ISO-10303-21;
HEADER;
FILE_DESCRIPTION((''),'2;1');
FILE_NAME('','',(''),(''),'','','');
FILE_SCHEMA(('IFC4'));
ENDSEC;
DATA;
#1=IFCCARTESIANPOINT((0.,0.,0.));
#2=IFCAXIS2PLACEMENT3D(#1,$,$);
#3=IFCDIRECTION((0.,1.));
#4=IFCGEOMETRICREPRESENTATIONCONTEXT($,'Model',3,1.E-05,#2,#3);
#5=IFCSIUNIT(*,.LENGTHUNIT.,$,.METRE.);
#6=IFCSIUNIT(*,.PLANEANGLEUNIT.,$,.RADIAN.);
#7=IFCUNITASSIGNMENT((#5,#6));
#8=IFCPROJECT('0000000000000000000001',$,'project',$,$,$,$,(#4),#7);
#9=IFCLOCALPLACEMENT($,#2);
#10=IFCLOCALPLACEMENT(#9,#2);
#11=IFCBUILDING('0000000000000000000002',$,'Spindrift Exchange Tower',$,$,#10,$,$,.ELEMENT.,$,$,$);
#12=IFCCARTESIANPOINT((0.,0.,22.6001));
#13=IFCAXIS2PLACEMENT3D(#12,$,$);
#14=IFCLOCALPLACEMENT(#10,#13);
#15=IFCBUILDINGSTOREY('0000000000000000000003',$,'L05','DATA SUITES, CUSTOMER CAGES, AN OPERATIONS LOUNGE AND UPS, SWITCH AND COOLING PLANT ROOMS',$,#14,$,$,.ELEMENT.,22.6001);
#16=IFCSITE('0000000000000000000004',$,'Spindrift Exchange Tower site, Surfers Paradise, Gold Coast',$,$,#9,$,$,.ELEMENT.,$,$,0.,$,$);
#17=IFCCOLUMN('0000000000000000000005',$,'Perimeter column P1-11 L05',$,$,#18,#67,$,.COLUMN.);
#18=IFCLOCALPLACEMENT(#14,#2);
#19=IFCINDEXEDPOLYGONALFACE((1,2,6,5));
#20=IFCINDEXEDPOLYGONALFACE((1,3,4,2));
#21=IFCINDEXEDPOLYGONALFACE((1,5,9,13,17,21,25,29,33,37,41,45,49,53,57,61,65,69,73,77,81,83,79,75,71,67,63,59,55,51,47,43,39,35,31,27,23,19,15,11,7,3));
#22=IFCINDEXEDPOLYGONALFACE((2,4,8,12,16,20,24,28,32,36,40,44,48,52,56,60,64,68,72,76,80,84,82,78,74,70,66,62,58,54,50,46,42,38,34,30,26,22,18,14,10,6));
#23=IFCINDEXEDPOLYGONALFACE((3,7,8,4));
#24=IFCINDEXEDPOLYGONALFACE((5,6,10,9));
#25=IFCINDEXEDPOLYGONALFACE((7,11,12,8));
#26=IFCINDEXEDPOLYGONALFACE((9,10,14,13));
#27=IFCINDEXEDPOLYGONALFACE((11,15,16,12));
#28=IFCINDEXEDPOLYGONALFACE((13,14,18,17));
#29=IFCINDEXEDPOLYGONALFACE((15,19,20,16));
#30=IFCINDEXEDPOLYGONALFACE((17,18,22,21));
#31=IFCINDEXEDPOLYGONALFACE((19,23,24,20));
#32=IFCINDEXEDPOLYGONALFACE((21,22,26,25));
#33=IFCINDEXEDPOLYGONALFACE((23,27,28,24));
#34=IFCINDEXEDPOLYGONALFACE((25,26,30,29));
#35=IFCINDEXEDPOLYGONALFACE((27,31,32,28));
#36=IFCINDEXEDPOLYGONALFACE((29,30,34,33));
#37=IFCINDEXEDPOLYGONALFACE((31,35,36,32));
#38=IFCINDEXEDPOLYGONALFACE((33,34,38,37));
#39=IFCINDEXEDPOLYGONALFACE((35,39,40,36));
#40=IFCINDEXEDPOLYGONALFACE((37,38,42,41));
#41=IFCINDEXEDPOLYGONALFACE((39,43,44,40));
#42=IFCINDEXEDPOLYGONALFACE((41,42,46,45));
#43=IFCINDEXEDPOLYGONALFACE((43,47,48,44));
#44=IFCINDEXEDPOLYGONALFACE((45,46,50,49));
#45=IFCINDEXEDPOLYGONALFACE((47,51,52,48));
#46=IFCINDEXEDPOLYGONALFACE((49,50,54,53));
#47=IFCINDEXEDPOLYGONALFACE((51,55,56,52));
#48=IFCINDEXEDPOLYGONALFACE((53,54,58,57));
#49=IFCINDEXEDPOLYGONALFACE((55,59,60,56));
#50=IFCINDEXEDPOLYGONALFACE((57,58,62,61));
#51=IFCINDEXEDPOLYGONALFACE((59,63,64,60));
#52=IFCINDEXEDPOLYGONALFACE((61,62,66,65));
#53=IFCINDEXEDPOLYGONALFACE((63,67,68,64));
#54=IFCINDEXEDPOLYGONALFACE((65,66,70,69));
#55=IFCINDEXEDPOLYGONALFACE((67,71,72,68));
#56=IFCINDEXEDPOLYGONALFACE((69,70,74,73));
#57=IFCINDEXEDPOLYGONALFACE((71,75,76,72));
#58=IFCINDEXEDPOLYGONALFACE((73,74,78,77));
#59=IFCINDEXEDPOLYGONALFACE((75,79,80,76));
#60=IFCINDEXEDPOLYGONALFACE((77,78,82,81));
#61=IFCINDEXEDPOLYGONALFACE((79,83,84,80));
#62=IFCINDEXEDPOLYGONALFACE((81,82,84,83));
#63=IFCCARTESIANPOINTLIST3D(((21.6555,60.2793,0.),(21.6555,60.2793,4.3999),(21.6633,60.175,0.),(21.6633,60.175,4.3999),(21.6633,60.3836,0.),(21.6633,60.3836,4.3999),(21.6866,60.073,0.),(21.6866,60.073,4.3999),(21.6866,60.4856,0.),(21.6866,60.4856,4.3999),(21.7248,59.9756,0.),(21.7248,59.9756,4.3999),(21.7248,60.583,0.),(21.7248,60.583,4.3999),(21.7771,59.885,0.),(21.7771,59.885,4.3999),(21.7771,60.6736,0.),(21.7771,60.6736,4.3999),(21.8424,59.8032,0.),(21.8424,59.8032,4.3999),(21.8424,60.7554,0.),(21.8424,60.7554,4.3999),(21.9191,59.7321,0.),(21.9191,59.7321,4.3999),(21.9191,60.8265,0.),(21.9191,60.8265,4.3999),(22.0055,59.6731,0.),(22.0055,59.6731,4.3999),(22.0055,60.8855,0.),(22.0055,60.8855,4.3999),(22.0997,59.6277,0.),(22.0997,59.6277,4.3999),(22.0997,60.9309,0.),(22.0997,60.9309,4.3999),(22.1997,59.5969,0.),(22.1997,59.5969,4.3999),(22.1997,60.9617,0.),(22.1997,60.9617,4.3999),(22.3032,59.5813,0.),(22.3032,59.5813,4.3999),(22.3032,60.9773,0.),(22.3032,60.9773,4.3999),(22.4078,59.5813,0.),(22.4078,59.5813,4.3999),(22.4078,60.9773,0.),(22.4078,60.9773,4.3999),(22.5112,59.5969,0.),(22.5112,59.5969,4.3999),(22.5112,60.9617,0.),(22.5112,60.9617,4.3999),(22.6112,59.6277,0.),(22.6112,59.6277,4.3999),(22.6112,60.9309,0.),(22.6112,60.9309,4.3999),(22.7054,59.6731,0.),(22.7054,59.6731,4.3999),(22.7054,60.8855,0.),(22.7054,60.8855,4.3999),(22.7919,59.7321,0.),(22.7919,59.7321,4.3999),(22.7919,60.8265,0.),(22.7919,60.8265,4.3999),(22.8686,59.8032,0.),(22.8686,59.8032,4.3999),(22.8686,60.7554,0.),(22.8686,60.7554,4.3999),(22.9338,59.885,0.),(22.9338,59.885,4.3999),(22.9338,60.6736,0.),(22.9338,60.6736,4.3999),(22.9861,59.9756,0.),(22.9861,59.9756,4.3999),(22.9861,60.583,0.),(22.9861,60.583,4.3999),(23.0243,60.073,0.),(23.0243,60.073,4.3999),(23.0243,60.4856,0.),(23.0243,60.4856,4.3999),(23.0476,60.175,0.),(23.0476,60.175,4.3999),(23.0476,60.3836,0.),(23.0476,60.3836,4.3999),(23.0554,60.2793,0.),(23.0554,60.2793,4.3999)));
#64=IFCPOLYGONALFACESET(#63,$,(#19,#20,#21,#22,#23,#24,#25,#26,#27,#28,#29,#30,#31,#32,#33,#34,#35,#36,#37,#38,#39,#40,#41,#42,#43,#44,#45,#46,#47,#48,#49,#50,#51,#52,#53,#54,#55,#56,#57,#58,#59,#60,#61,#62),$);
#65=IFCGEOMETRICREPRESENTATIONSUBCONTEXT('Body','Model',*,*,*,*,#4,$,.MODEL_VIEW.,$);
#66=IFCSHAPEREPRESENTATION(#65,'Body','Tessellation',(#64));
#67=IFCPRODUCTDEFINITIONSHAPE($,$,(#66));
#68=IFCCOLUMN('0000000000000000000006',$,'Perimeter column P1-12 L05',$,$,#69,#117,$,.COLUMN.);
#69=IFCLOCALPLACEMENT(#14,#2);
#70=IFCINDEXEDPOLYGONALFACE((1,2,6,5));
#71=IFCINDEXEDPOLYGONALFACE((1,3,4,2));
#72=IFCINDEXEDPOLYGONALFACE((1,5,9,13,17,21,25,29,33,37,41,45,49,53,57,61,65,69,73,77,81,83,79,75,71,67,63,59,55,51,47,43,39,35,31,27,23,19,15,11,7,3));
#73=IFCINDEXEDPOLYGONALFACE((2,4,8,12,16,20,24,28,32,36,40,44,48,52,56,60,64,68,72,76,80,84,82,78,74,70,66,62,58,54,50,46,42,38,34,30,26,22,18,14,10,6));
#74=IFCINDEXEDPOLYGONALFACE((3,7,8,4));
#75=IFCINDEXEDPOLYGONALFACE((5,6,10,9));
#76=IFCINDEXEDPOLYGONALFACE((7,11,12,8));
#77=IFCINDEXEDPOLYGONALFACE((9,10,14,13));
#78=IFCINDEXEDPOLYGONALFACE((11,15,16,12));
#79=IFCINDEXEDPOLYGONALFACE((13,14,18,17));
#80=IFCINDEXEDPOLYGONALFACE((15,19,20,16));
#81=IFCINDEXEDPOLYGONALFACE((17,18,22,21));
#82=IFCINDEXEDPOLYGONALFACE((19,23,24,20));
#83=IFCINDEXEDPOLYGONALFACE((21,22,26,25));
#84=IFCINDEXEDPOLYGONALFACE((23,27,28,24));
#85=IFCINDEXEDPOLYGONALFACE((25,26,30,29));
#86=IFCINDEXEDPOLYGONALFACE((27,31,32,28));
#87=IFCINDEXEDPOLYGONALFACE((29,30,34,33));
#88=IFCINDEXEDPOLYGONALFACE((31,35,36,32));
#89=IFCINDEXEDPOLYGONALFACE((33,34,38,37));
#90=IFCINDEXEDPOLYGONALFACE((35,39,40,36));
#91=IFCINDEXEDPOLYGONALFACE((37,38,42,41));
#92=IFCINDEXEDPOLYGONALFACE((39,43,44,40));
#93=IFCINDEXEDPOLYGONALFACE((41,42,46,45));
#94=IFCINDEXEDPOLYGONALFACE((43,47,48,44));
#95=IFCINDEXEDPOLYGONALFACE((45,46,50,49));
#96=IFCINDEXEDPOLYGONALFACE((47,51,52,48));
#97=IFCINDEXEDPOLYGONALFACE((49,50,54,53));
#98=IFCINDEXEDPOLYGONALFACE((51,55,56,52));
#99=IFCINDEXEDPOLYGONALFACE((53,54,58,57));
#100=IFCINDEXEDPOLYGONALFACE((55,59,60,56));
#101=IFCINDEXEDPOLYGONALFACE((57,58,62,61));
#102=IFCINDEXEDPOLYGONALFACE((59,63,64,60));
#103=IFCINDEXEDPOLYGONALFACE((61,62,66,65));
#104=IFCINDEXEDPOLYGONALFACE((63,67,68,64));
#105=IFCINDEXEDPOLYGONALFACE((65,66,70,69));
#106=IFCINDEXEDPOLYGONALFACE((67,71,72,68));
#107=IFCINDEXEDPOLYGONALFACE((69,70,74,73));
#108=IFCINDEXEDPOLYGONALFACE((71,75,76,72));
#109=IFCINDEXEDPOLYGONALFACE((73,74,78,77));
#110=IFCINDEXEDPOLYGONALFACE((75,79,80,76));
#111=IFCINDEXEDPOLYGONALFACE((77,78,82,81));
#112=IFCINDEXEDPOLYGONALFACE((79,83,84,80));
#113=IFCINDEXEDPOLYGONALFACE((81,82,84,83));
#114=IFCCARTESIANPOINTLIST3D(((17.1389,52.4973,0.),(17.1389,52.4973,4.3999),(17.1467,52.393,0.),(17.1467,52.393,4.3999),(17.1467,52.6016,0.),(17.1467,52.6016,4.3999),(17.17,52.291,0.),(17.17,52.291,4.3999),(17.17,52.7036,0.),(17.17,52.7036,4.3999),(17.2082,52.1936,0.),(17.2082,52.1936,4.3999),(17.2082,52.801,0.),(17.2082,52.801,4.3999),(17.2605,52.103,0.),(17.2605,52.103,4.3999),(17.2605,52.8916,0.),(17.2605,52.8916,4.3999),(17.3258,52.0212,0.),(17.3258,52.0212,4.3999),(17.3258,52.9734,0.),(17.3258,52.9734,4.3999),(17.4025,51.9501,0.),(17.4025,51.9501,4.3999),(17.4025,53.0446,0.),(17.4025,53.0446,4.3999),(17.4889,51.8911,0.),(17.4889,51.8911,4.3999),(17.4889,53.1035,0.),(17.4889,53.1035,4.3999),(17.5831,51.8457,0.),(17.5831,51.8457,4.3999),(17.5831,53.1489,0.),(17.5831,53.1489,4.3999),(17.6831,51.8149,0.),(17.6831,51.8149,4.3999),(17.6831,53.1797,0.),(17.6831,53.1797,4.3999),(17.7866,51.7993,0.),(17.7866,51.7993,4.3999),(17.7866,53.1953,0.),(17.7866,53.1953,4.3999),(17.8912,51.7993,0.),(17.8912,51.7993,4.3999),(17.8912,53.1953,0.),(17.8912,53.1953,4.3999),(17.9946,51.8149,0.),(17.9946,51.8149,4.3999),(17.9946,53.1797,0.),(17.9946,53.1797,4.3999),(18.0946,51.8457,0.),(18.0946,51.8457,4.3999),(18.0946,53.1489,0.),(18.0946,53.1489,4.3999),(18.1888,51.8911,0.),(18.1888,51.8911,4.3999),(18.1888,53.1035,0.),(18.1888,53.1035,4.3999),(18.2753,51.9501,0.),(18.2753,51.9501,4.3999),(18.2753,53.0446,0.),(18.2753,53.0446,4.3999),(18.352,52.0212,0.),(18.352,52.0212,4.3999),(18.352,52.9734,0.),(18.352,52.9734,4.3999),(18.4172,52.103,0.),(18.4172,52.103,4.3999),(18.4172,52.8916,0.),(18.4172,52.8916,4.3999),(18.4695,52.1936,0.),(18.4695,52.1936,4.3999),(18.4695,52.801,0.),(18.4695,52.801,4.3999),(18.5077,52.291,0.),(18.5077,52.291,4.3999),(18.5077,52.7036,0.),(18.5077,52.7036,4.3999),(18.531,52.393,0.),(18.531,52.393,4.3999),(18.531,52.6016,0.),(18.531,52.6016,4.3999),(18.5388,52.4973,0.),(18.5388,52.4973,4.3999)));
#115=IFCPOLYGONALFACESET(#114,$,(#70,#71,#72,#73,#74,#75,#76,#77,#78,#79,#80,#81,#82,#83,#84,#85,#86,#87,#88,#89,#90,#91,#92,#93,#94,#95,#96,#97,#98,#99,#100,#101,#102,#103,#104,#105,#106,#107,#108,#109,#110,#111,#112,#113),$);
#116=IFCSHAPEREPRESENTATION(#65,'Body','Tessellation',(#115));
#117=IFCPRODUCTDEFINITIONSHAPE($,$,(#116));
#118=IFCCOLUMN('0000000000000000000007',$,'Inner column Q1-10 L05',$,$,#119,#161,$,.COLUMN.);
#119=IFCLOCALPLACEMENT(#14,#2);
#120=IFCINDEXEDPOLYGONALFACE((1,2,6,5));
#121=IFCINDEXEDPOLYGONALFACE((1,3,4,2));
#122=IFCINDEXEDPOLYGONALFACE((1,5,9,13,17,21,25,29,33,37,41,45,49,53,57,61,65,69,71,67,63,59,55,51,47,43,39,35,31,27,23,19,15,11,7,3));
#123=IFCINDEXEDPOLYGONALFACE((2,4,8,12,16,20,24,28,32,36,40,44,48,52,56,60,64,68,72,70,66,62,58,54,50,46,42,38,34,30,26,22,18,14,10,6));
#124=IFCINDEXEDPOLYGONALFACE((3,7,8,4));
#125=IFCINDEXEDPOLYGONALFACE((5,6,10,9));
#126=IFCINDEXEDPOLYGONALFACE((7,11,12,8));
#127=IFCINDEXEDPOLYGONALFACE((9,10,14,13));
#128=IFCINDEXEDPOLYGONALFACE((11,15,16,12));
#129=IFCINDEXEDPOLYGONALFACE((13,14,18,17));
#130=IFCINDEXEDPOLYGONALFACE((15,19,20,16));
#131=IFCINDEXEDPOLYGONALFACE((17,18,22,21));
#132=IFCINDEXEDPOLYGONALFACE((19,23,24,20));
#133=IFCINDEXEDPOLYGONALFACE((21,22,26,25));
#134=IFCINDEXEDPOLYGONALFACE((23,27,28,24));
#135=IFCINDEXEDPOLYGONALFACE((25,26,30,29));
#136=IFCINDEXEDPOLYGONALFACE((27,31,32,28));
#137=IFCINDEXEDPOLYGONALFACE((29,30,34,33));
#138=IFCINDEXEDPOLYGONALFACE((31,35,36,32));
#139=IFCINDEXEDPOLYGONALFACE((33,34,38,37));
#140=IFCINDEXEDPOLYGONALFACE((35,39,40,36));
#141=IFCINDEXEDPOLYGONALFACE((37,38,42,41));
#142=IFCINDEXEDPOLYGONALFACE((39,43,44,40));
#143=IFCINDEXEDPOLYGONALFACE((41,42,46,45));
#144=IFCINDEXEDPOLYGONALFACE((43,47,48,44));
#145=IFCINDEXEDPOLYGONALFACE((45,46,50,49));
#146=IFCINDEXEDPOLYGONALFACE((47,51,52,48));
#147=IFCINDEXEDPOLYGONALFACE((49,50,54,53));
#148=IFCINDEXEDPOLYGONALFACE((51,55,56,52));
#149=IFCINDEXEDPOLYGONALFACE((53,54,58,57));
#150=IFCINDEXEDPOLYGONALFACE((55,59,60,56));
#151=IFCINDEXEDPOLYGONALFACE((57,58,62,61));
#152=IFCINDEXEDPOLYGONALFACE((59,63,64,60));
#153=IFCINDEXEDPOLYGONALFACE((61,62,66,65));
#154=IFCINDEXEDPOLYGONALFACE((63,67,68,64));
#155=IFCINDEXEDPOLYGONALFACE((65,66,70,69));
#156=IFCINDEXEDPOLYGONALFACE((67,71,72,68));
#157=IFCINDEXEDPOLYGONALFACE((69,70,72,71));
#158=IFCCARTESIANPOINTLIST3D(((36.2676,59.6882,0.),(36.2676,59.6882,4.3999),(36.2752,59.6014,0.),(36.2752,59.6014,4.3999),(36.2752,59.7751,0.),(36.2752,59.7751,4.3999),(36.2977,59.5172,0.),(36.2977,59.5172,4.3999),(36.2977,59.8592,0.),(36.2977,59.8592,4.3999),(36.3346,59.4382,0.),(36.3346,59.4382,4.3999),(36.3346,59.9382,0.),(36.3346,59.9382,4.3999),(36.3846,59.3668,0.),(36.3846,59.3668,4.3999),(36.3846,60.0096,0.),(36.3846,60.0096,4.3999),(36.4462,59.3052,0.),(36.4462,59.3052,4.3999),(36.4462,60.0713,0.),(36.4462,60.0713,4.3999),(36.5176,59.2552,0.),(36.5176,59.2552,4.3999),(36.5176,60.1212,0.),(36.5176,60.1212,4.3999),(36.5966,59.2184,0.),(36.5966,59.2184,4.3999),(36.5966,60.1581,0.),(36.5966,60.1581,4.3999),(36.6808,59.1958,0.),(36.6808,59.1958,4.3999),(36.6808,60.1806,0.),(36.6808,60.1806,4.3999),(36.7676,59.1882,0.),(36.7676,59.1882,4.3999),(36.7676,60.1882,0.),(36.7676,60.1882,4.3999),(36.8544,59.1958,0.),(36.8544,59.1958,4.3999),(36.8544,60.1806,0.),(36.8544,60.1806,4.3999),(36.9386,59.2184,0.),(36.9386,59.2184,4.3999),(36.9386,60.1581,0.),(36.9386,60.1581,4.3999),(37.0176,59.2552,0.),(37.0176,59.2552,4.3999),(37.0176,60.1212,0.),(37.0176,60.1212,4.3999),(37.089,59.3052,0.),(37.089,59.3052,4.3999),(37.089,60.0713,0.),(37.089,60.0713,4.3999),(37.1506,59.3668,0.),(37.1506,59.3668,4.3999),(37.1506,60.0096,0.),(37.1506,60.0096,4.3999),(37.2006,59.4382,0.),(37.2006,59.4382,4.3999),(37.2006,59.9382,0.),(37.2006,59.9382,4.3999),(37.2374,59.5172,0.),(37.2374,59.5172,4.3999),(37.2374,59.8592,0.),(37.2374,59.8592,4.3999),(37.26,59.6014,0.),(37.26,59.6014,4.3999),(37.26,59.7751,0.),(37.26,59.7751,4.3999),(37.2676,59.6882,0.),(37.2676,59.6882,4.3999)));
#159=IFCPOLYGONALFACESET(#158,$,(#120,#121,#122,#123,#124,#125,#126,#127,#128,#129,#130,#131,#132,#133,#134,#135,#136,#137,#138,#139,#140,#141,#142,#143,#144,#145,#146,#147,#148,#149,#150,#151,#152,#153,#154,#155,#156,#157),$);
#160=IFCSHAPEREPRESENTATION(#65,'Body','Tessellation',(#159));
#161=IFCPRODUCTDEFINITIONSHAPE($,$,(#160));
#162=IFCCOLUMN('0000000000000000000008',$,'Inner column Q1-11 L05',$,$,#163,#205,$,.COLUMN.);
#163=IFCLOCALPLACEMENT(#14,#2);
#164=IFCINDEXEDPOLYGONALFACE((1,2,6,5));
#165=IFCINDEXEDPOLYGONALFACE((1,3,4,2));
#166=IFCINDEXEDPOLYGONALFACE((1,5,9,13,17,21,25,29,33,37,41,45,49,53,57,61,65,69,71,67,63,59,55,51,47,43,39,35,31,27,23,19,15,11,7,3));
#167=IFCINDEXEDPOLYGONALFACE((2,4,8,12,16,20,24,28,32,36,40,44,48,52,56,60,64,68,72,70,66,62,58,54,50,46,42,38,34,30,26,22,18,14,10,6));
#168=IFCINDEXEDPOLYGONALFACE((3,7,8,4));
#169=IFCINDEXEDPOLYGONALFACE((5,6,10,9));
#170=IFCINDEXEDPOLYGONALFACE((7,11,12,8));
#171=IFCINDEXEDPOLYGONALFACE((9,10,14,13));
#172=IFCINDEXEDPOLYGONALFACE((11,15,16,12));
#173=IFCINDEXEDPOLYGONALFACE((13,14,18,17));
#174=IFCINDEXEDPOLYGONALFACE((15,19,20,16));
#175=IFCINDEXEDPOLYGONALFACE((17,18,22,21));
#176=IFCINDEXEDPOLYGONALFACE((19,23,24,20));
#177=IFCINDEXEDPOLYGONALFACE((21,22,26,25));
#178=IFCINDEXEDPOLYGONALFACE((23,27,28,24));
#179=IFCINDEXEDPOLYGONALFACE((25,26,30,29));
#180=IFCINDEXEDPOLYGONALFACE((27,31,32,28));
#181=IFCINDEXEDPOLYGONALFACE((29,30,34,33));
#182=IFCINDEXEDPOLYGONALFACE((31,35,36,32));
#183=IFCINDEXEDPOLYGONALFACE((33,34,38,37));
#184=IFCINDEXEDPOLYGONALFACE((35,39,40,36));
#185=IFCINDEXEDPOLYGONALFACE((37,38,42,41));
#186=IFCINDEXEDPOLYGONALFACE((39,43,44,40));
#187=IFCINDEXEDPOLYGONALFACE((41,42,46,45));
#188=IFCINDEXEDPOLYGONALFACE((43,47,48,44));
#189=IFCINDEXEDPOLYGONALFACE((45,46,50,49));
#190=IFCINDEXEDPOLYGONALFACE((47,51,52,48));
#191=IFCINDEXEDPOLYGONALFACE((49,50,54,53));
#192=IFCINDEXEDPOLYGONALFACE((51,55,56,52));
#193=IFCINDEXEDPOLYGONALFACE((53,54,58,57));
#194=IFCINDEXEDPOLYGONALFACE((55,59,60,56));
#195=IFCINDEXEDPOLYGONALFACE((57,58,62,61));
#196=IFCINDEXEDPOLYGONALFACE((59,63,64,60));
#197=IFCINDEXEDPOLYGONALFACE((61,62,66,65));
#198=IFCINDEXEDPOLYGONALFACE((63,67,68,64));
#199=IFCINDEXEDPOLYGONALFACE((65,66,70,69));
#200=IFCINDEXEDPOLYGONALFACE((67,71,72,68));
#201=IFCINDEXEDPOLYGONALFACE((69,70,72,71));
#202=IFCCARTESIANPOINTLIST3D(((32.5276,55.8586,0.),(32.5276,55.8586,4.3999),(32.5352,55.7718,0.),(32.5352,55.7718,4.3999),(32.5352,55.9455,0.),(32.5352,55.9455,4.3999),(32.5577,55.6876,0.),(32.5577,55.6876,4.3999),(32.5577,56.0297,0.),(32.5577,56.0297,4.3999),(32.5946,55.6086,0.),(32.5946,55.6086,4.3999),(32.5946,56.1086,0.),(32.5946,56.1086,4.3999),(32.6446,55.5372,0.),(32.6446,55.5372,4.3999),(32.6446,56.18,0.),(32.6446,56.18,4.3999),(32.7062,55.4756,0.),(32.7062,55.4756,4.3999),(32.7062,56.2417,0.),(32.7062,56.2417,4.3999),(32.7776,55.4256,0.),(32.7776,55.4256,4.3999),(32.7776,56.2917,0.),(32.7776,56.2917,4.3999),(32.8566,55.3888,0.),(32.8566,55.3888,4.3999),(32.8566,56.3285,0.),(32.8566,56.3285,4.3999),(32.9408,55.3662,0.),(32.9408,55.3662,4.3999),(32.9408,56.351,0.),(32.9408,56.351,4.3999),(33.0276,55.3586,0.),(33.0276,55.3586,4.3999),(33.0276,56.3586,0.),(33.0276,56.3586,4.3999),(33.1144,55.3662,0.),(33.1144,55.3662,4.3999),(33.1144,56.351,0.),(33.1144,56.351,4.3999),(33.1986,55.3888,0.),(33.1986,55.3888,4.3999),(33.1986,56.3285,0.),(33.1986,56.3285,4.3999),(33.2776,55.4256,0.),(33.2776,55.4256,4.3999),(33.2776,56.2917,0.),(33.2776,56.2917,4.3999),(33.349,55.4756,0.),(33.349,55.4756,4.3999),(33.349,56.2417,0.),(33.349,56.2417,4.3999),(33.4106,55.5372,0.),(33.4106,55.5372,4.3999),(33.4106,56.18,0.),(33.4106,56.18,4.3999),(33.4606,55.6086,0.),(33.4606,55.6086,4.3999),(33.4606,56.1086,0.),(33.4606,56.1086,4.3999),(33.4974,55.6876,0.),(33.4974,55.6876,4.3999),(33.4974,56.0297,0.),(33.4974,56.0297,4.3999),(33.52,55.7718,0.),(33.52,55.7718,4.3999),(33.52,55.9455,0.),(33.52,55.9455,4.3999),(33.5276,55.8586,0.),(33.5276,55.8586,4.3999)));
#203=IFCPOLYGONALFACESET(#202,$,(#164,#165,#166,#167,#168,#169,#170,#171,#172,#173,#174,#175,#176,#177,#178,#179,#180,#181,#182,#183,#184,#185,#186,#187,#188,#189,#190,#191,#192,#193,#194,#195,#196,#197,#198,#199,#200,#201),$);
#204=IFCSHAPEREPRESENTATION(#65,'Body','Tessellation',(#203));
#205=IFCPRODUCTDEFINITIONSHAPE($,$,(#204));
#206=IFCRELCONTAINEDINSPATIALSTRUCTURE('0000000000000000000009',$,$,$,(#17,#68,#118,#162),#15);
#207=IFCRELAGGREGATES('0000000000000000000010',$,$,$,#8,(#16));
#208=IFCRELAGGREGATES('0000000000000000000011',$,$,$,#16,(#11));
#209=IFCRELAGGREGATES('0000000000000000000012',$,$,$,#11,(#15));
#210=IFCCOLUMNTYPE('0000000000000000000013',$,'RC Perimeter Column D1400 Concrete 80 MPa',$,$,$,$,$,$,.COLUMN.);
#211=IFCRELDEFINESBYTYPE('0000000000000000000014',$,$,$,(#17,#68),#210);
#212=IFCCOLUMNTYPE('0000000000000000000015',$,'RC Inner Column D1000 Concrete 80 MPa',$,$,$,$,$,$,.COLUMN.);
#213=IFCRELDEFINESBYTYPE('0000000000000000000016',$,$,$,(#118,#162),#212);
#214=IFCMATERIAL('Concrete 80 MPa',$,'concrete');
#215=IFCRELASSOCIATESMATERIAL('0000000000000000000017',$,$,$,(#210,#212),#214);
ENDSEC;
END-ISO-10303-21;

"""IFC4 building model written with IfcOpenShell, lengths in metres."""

from ifc_helpers import new_model, si_unit, direction, frame, origin, origin_2d, place, context, subcontext, project, spatial, circle, extrude, source, transform, mapped, material, material_profile, profile_set, type_object, element, save


model = new_model("IFC4")

# Units and contexts
model_context = context("Model", 3, precision=1e-05, world=origin(), true_north=direction((0.0, 1.0)))
body_context = subcontext(model_context, "Body", "Model", "MODEL_VIEW")
ifc_project = project(units=[si_unit("LENGTHUNIT", "METRE"), si_unit("PLANEANGLEUNIT", "RADIAN")], contexts=[model_context])

# Site, building, storey
site_placement = place(None, origin())
site = spatial("IfcSite", under=ifc_project, at=site_placement, Name="Spindrift Exchange Tower site, Surfers Paradise, Gold Coast", CompositionType="ELEMENT", RefElevation=0.0)
building_placement = place(site_placement, origin())
building = spatial("IfcBuilding", under=site, at=building_placement, Name="Spindrift Exchange Tower", CompositionType="ELEMENT")
storey_placement = place(building_placement, frame((0.0, 0.0, 22.6001)))
storey = spatial("IfcBuildingStorey", under=building, at=storey_placement, Name="L05", Description="DATA SUITES, CUSTOMER CAGES, AN OPERATIONS LOUNGE AND UPS, SWITCH AND COOLING PLANT ROOMS", CompositionType="ELEMENT", Elevation=22.6001)

# Columns
ifc_material_1 = material(Name="Concrete 80 MPa", Category="concrete")
ifc_material_profile_1 = material_profile(ifc_material_1, circle(Radius=0.7, at=origin_2d()), Name="RC D1400")
ifc_profile_set_1 = profile_set([ifc_material_profile_1], Name="Concrete 80 MPa")
column_type_1 = type_object("IfcColumnType", Name="RC Perimeter Column D1400 Concrete 80 MPa", PredefinedType="COLUMN", material=ifc_profile_set_1)
shared_shape_1 = source(origin(), body_context, "Body", "SweptSolid", [
    extrude(circle(Radius=0.7, at=origin_2d()), origin(), (0.0, 0.0, 1.0), 4.3999),
])
for number, where, z_axis, x_axis, name in (
    (1, (22.3555, 60.2793, 0.0), (0.0, 0.0, 1.0), (1.0, 0.0, 0.0), "Perimeter column P1-11 L05"),
    (2, (17.8389, 52.4973, 0.0), (0.0, 0.0, 1.0), (1.0, 0.0, 0.0), "Perimeter column P1-12 L05"),
):
    element("IfcColumn", number, at=place(storey_placement, frame(where, z_axis=z_axis, x_axis=x_axis)), inside=storey, type_object=column_type_1, Name=name, PredefinedType="COLUMN", context=body_context, shape_type="MappedRepresentation", body=[
        mapped(shared_shape_1, transform((0.0, 0.0, 0.0), scale=1.0)),
    ])
ifc_material_profile_2 = material_profile(ifc_material_1, circle(Radius=0.5, at=origin_2d()), Name="RC D1000")
ifc_profile_set_2 = profile_set([ifc_material_profile_2], Name="Concrete 80 MPa")
column_type_2 = type_object("IfcColumnType", Name="RC Inner Column D1000 Concrete 80 MPa", PredefinedType="COLUMN", material=ifc_profile_set_2)
shared_shape_2 = source(origin(), body_context, "Body", "SweptSolid", [
    extrude(circle(Radius=0.5, at=origin_2d()), origin(), (0.0, 0.0, 1.0), 4.3999),
])
for number, where, z_axis, x_axis, name in (
    (3, (36.7676, 59.6882, 0.0), (0.0, 0.0, 1.0), (1.0, 0.0, 0.0), "Inner column Q1-10 L05"),
    (4, (33.0276, 55.8586, 0.0), (0.0, 0.0, 1.0), (1.0, 0.0, 0.0), "Inner column Q1-11 L05"),
):
    element("IfcColumn", number, at=place(storey_placement, frame(where, z_axis=z_axis, x_axis=x_axis)), inside=storey, type_object=column_type_2, Name=name, PredefinedType="COLUMN", context=body_context, shape_type="MappedRepresentation", body=[
        mapped(shared_shape_2, transform((0.0, 0.0, 0.0), scale=1.0)),
    ])

save(model, "model.ifc")
